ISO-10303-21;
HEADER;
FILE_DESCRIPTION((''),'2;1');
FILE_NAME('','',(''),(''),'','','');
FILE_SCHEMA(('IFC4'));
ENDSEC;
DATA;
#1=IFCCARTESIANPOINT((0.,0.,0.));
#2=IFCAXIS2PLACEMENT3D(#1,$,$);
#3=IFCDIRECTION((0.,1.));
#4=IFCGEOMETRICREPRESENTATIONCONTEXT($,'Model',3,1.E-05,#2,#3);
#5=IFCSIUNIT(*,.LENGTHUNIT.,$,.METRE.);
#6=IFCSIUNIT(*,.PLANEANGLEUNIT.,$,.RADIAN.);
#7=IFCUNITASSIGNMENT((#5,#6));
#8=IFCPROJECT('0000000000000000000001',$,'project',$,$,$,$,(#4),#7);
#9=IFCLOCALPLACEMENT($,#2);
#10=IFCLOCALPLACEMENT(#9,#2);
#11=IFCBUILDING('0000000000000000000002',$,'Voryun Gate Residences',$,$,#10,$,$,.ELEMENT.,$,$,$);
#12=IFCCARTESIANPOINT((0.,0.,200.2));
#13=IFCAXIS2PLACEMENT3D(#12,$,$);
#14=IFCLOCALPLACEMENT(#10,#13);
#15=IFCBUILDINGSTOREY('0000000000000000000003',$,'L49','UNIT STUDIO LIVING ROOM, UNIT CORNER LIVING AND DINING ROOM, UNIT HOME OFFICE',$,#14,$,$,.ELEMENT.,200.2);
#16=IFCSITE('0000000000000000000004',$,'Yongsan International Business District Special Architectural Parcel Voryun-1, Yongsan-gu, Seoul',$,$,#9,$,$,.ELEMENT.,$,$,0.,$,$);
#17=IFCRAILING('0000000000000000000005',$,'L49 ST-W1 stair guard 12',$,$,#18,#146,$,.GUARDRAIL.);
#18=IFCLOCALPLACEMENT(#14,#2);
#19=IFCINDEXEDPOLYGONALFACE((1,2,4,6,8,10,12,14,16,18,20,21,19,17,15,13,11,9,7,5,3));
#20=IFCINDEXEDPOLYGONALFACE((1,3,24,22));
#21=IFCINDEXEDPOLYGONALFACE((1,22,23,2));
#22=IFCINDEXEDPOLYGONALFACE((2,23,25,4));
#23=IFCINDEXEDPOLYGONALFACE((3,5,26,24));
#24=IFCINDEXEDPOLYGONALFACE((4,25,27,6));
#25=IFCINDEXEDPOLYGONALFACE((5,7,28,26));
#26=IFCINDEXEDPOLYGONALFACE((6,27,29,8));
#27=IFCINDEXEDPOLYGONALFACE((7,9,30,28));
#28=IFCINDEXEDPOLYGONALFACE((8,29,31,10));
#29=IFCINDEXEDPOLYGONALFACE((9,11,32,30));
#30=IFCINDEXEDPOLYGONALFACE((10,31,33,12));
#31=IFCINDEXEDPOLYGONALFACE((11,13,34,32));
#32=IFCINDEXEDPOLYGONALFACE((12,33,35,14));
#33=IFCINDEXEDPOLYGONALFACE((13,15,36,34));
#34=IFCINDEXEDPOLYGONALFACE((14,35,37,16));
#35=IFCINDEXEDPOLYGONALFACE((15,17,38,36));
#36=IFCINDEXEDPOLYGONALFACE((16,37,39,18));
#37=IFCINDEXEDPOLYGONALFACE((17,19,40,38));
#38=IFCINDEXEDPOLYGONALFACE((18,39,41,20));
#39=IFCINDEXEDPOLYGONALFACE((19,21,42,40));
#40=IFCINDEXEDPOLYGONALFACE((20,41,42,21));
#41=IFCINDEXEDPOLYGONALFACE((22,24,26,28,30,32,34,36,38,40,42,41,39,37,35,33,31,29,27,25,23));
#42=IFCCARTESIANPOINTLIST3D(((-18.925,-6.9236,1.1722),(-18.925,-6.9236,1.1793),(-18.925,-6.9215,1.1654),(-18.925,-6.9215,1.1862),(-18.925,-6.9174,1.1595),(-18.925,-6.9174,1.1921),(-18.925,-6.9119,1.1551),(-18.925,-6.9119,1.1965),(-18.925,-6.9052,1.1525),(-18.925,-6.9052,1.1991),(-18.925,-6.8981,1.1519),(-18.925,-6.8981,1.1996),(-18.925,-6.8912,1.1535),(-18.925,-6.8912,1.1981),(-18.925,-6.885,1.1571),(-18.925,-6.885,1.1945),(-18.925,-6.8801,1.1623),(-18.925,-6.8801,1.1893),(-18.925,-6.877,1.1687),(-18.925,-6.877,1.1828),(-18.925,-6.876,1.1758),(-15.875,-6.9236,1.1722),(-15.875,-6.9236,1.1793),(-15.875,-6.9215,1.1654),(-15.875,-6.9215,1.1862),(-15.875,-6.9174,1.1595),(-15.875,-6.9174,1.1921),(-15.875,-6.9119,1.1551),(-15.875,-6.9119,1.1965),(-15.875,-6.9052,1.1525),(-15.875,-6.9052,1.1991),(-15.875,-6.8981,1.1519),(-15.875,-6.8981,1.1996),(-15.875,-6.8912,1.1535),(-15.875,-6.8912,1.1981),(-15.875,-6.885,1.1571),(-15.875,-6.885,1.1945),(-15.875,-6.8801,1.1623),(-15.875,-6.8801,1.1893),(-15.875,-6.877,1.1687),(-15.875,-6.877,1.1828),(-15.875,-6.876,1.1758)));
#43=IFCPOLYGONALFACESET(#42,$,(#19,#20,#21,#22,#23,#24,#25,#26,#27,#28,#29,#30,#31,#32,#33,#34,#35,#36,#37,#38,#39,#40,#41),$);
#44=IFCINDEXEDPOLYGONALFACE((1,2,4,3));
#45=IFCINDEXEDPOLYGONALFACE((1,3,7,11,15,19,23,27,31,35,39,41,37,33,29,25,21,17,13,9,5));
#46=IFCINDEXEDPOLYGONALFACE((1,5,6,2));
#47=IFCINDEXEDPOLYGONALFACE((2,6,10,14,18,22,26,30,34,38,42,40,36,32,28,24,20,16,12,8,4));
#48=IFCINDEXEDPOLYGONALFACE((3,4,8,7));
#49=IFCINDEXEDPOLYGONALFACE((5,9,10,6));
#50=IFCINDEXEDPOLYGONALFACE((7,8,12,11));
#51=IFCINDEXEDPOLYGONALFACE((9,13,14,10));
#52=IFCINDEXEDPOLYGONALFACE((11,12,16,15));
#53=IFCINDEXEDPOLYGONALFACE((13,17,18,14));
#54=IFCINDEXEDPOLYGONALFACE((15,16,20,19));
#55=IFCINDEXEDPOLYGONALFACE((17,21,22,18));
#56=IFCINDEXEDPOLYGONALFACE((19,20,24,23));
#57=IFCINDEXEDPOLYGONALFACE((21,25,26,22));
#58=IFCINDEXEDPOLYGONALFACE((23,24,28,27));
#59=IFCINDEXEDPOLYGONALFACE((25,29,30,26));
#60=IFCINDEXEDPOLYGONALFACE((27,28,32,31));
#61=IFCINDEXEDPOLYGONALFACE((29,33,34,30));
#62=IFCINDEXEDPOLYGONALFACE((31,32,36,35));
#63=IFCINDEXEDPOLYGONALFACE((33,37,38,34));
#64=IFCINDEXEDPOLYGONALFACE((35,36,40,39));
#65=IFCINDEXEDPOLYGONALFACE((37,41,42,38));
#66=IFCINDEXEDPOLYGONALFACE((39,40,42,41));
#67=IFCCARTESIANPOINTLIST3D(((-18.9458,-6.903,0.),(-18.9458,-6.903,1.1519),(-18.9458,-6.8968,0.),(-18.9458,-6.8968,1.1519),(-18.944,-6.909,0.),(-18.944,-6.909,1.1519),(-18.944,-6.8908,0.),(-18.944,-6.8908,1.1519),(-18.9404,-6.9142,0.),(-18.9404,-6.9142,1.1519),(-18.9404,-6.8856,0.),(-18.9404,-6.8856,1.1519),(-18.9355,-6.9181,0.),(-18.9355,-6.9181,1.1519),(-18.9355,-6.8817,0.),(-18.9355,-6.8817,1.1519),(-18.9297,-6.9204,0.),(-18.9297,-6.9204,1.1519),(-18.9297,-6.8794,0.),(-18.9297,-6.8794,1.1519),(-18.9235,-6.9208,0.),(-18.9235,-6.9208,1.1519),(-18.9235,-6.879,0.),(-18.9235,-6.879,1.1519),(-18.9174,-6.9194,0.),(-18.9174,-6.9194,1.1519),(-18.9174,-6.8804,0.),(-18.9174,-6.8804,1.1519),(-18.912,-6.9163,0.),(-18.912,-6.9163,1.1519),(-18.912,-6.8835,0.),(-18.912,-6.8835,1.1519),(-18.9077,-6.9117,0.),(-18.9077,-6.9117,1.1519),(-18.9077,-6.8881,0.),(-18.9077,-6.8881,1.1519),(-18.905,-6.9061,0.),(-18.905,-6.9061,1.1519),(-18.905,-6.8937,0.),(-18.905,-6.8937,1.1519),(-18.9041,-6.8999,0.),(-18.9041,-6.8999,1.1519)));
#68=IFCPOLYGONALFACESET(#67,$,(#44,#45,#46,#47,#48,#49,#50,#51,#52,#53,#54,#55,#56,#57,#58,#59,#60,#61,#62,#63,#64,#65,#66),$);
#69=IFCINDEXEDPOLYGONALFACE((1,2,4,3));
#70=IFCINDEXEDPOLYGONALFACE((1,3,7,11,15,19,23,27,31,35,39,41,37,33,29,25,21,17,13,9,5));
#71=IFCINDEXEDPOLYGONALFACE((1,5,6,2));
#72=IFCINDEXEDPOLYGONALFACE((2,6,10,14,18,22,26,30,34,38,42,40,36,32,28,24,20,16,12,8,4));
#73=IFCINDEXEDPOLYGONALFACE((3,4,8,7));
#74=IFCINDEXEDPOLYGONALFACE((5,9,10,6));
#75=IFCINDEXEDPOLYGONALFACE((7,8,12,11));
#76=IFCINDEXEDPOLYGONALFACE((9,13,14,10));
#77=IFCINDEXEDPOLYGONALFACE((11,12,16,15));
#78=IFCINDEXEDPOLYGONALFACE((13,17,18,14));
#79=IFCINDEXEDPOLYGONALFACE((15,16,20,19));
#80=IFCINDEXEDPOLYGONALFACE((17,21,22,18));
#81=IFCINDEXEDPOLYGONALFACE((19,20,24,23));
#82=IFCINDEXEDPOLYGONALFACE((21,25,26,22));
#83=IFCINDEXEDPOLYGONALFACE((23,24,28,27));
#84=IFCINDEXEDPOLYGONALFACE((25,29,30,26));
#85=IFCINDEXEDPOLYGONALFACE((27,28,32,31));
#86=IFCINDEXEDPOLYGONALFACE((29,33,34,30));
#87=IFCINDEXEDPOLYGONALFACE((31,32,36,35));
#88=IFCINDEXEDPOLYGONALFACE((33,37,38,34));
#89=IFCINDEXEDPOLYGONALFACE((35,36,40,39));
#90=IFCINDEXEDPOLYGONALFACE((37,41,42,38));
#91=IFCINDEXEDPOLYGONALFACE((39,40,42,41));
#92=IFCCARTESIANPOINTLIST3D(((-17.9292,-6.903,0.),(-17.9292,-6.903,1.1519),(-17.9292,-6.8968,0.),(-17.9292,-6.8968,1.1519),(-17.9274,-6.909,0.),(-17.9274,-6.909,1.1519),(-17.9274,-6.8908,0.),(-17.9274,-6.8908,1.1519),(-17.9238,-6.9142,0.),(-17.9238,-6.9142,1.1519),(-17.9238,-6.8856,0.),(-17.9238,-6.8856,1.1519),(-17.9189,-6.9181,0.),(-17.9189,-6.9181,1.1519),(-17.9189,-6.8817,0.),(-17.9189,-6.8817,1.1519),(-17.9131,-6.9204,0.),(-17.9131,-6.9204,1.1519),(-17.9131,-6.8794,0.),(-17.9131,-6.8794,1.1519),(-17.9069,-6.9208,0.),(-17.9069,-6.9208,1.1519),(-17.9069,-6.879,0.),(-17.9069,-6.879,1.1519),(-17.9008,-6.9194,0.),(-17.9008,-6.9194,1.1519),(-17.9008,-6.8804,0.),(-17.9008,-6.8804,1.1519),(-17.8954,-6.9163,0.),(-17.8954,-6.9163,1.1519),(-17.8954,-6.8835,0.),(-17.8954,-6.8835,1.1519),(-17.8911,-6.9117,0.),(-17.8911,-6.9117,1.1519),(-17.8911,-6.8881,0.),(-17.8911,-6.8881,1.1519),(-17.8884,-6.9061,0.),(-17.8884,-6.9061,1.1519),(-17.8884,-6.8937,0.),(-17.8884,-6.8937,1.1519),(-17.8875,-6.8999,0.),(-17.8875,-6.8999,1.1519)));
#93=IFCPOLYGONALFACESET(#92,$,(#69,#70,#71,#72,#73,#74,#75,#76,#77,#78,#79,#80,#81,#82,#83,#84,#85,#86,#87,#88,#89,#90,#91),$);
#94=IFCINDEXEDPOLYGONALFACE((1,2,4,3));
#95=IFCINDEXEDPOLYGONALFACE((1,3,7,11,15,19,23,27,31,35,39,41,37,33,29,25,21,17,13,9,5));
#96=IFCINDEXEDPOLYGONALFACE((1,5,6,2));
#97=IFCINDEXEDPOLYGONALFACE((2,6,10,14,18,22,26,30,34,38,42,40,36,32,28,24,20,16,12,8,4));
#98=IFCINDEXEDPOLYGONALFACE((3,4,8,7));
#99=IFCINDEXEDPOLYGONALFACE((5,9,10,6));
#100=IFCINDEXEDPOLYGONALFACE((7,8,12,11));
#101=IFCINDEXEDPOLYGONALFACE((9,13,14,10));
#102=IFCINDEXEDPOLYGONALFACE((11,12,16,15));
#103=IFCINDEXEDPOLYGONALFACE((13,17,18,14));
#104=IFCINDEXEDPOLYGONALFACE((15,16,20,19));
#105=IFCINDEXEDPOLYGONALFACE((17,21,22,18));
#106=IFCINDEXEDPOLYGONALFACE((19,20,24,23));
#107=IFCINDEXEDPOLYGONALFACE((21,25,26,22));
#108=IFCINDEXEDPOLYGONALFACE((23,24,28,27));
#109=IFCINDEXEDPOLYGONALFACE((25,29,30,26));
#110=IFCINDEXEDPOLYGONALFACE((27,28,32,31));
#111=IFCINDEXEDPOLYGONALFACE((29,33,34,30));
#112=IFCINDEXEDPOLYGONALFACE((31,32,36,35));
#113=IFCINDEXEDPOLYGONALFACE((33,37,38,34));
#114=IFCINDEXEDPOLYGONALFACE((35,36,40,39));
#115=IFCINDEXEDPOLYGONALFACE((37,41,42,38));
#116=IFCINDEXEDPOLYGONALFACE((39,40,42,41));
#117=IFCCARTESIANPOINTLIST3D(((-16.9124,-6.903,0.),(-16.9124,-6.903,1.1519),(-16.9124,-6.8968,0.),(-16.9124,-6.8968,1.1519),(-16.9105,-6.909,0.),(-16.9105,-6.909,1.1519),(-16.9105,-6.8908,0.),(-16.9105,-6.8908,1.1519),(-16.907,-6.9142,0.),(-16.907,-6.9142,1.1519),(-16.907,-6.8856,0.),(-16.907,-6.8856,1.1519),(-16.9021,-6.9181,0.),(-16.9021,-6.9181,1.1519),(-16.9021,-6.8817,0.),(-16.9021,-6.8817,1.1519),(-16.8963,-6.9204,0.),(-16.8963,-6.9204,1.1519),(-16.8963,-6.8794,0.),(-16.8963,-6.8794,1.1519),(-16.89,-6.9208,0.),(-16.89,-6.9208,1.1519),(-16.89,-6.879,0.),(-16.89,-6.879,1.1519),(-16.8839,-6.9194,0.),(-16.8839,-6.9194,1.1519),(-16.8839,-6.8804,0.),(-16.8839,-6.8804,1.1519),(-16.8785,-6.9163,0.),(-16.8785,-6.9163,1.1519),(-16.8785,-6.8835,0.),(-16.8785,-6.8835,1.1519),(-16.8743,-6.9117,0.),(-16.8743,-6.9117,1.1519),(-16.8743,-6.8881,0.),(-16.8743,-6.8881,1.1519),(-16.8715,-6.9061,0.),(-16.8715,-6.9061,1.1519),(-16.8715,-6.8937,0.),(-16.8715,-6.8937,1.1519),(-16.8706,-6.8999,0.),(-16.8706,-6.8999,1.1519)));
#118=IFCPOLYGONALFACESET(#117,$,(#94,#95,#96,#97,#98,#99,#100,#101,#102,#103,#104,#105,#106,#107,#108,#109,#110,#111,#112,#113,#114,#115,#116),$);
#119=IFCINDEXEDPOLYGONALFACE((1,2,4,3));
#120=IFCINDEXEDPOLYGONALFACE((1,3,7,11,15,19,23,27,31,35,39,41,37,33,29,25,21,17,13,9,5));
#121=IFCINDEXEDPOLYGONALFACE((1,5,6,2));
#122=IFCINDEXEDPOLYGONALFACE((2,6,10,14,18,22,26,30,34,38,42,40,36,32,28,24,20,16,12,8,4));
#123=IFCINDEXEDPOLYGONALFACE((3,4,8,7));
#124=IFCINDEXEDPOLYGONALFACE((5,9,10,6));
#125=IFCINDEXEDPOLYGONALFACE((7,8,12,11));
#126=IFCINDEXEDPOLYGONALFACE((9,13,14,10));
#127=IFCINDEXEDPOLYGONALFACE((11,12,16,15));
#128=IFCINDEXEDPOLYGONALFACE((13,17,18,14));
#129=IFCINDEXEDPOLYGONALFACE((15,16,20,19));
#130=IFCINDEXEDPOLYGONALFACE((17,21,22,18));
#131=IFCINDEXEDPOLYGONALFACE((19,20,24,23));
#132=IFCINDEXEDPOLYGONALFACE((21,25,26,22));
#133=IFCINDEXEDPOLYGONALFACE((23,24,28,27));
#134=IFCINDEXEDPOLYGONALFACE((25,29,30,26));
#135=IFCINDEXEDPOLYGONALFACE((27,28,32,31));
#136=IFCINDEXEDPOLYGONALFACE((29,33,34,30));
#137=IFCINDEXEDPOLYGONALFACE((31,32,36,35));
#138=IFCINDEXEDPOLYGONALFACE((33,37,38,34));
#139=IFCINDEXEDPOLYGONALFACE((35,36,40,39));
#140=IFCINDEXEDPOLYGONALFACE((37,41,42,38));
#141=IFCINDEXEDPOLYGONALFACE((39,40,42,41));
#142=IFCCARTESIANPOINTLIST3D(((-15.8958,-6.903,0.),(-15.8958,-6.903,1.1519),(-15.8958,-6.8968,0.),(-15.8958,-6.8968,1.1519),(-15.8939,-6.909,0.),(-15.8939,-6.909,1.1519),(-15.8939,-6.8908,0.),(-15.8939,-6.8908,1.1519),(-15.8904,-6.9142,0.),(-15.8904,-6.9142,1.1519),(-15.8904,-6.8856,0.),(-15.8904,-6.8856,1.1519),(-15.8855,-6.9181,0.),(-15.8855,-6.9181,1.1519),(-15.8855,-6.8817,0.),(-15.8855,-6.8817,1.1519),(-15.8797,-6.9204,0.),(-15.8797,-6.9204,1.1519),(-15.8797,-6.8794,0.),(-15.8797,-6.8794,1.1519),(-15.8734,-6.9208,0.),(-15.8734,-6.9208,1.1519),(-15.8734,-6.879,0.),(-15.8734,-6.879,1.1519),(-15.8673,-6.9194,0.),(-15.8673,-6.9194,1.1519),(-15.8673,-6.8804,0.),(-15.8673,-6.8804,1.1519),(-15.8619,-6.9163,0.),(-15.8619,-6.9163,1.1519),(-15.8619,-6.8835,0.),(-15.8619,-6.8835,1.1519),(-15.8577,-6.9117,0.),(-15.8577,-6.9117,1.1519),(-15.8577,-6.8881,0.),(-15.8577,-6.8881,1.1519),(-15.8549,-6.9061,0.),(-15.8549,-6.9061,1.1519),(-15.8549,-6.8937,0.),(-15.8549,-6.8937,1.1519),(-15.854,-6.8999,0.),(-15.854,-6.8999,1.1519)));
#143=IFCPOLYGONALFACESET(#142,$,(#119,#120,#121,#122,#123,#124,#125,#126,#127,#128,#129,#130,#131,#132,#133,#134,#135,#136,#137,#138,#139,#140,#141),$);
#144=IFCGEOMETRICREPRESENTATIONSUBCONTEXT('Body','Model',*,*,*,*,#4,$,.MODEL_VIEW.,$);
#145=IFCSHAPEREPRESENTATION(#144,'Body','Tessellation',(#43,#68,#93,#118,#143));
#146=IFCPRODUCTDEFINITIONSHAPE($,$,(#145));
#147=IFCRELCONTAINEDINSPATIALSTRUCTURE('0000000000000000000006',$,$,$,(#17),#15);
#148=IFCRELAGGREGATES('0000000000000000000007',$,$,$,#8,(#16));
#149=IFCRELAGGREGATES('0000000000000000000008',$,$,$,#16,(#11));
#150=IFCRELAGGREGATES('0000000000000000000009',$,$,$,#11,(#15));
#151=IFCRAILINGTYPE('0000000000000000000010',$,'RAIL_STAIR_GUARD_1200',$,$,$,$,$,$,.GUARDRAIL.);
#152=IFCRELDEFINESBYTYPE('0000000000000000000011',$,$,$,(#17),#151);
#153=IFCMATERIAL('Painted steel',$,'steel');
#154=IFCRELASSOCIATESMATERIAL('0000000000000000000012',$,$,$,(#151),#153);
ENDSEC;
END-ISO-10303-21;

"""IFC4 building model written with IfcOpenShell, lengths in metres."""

from ifc_helpers import new_model, si_unit, direction, frame, origin, origin_2d, place, context, subcontext, project, spatial, circle, extrude, material, type_object, element, save


model = new_model("IFC4")

# Units and contexts
model_context = context("Model", 3, precision=1e-05, world=origin(), true_north=direction((0.0, 1.0)))
body_context = subcontext(model_context, "Body", "Model", "MODEL_VIEW")
ifc_project = project(units=[si_unit("LENGTHUNIT", "METRE"), si_unit("PLANEANGLEUNIT", "RADIAN")], contexts=[model_context])

# Site, building, storey
site_placement = place(None, origin())
site = spatial("IfcSite", under=ifc_project, at=site_placement, Name="Yongsan International Business District Special Architectural Parcel Voryun-1, Yongsan-gu, Seoul", CompositionType="ELEMENT", RefElevation=0.0)
building_placement = place(site_placement, origin())
building = spatial("IfcBuilding", under=site, at=building_placement, Name="Voryun Gate Residences", CompositionType="ELEMENT")
storey_placement = place(building_placement, frame((0.0, 0.0, 200.2)))
storey = spatial("IfcBuildingStorey", under=building, at=storey_placement, Name="L49", Description="UNIT STUDIO LIVING ROOM, UNIT CORNER LIVING AND DINING ROOM, UNIT HOME OFFICE", CompositionType="ELEMENT", Elevation=200.2)

# Railing
ifc_material_1 = material(Name="Painted steel", Category="steel")
railing_type = type_object("IfcRailingType", Name="RAIL_STAIR_GUARD_1200", PredefinedType="GUARDRAIL", material=ifc_material_1)
railing_1_placement = place(storey_placement, frame((-18.925, -6.8999, 0.0)))
element("IfcRailing", 1, at=railing_1_placement, inside=storey, type_object=railing_type, Name="L49 ST-W1 stair guard 12", PredefinedType="GUARDRAIL", context=body_context, shape_type="SweptSolid", body=[
    extrude(circle(Radius=0.0239, at=origin_2d()), frame((0.0, 0.0, 1.1758), z_axis=(1.0, 0.0, 0.0), x_axis=(0.0, 1.0, 0.0)), (0.0, 0.0, 1.0), 3.05),
    extrude(circle(Radius=0.021, at=origin_2d()), origin(), (0.0, 0.0, 1.0), 1.1519),
    extrude(circle(Radius=0.021, at=origin_2d()), frame((1.0166, 0.0, 0.0)), (0.0, 0.0, 1.0), 1.1519),
    extrude(circle(Radius=0.021, at=origin_2d()), frame((2.0334, 0.0, 0.0)), (0.0, 0.0, 1.0), 1.1519),
    extrude(circle(Radius=0.021, at=origin_2d()), frame((3.05, 0.0, 0.0)), (0.0, 0.0, 1.0), 1.1519),
])

save(model, "model.ifc")
